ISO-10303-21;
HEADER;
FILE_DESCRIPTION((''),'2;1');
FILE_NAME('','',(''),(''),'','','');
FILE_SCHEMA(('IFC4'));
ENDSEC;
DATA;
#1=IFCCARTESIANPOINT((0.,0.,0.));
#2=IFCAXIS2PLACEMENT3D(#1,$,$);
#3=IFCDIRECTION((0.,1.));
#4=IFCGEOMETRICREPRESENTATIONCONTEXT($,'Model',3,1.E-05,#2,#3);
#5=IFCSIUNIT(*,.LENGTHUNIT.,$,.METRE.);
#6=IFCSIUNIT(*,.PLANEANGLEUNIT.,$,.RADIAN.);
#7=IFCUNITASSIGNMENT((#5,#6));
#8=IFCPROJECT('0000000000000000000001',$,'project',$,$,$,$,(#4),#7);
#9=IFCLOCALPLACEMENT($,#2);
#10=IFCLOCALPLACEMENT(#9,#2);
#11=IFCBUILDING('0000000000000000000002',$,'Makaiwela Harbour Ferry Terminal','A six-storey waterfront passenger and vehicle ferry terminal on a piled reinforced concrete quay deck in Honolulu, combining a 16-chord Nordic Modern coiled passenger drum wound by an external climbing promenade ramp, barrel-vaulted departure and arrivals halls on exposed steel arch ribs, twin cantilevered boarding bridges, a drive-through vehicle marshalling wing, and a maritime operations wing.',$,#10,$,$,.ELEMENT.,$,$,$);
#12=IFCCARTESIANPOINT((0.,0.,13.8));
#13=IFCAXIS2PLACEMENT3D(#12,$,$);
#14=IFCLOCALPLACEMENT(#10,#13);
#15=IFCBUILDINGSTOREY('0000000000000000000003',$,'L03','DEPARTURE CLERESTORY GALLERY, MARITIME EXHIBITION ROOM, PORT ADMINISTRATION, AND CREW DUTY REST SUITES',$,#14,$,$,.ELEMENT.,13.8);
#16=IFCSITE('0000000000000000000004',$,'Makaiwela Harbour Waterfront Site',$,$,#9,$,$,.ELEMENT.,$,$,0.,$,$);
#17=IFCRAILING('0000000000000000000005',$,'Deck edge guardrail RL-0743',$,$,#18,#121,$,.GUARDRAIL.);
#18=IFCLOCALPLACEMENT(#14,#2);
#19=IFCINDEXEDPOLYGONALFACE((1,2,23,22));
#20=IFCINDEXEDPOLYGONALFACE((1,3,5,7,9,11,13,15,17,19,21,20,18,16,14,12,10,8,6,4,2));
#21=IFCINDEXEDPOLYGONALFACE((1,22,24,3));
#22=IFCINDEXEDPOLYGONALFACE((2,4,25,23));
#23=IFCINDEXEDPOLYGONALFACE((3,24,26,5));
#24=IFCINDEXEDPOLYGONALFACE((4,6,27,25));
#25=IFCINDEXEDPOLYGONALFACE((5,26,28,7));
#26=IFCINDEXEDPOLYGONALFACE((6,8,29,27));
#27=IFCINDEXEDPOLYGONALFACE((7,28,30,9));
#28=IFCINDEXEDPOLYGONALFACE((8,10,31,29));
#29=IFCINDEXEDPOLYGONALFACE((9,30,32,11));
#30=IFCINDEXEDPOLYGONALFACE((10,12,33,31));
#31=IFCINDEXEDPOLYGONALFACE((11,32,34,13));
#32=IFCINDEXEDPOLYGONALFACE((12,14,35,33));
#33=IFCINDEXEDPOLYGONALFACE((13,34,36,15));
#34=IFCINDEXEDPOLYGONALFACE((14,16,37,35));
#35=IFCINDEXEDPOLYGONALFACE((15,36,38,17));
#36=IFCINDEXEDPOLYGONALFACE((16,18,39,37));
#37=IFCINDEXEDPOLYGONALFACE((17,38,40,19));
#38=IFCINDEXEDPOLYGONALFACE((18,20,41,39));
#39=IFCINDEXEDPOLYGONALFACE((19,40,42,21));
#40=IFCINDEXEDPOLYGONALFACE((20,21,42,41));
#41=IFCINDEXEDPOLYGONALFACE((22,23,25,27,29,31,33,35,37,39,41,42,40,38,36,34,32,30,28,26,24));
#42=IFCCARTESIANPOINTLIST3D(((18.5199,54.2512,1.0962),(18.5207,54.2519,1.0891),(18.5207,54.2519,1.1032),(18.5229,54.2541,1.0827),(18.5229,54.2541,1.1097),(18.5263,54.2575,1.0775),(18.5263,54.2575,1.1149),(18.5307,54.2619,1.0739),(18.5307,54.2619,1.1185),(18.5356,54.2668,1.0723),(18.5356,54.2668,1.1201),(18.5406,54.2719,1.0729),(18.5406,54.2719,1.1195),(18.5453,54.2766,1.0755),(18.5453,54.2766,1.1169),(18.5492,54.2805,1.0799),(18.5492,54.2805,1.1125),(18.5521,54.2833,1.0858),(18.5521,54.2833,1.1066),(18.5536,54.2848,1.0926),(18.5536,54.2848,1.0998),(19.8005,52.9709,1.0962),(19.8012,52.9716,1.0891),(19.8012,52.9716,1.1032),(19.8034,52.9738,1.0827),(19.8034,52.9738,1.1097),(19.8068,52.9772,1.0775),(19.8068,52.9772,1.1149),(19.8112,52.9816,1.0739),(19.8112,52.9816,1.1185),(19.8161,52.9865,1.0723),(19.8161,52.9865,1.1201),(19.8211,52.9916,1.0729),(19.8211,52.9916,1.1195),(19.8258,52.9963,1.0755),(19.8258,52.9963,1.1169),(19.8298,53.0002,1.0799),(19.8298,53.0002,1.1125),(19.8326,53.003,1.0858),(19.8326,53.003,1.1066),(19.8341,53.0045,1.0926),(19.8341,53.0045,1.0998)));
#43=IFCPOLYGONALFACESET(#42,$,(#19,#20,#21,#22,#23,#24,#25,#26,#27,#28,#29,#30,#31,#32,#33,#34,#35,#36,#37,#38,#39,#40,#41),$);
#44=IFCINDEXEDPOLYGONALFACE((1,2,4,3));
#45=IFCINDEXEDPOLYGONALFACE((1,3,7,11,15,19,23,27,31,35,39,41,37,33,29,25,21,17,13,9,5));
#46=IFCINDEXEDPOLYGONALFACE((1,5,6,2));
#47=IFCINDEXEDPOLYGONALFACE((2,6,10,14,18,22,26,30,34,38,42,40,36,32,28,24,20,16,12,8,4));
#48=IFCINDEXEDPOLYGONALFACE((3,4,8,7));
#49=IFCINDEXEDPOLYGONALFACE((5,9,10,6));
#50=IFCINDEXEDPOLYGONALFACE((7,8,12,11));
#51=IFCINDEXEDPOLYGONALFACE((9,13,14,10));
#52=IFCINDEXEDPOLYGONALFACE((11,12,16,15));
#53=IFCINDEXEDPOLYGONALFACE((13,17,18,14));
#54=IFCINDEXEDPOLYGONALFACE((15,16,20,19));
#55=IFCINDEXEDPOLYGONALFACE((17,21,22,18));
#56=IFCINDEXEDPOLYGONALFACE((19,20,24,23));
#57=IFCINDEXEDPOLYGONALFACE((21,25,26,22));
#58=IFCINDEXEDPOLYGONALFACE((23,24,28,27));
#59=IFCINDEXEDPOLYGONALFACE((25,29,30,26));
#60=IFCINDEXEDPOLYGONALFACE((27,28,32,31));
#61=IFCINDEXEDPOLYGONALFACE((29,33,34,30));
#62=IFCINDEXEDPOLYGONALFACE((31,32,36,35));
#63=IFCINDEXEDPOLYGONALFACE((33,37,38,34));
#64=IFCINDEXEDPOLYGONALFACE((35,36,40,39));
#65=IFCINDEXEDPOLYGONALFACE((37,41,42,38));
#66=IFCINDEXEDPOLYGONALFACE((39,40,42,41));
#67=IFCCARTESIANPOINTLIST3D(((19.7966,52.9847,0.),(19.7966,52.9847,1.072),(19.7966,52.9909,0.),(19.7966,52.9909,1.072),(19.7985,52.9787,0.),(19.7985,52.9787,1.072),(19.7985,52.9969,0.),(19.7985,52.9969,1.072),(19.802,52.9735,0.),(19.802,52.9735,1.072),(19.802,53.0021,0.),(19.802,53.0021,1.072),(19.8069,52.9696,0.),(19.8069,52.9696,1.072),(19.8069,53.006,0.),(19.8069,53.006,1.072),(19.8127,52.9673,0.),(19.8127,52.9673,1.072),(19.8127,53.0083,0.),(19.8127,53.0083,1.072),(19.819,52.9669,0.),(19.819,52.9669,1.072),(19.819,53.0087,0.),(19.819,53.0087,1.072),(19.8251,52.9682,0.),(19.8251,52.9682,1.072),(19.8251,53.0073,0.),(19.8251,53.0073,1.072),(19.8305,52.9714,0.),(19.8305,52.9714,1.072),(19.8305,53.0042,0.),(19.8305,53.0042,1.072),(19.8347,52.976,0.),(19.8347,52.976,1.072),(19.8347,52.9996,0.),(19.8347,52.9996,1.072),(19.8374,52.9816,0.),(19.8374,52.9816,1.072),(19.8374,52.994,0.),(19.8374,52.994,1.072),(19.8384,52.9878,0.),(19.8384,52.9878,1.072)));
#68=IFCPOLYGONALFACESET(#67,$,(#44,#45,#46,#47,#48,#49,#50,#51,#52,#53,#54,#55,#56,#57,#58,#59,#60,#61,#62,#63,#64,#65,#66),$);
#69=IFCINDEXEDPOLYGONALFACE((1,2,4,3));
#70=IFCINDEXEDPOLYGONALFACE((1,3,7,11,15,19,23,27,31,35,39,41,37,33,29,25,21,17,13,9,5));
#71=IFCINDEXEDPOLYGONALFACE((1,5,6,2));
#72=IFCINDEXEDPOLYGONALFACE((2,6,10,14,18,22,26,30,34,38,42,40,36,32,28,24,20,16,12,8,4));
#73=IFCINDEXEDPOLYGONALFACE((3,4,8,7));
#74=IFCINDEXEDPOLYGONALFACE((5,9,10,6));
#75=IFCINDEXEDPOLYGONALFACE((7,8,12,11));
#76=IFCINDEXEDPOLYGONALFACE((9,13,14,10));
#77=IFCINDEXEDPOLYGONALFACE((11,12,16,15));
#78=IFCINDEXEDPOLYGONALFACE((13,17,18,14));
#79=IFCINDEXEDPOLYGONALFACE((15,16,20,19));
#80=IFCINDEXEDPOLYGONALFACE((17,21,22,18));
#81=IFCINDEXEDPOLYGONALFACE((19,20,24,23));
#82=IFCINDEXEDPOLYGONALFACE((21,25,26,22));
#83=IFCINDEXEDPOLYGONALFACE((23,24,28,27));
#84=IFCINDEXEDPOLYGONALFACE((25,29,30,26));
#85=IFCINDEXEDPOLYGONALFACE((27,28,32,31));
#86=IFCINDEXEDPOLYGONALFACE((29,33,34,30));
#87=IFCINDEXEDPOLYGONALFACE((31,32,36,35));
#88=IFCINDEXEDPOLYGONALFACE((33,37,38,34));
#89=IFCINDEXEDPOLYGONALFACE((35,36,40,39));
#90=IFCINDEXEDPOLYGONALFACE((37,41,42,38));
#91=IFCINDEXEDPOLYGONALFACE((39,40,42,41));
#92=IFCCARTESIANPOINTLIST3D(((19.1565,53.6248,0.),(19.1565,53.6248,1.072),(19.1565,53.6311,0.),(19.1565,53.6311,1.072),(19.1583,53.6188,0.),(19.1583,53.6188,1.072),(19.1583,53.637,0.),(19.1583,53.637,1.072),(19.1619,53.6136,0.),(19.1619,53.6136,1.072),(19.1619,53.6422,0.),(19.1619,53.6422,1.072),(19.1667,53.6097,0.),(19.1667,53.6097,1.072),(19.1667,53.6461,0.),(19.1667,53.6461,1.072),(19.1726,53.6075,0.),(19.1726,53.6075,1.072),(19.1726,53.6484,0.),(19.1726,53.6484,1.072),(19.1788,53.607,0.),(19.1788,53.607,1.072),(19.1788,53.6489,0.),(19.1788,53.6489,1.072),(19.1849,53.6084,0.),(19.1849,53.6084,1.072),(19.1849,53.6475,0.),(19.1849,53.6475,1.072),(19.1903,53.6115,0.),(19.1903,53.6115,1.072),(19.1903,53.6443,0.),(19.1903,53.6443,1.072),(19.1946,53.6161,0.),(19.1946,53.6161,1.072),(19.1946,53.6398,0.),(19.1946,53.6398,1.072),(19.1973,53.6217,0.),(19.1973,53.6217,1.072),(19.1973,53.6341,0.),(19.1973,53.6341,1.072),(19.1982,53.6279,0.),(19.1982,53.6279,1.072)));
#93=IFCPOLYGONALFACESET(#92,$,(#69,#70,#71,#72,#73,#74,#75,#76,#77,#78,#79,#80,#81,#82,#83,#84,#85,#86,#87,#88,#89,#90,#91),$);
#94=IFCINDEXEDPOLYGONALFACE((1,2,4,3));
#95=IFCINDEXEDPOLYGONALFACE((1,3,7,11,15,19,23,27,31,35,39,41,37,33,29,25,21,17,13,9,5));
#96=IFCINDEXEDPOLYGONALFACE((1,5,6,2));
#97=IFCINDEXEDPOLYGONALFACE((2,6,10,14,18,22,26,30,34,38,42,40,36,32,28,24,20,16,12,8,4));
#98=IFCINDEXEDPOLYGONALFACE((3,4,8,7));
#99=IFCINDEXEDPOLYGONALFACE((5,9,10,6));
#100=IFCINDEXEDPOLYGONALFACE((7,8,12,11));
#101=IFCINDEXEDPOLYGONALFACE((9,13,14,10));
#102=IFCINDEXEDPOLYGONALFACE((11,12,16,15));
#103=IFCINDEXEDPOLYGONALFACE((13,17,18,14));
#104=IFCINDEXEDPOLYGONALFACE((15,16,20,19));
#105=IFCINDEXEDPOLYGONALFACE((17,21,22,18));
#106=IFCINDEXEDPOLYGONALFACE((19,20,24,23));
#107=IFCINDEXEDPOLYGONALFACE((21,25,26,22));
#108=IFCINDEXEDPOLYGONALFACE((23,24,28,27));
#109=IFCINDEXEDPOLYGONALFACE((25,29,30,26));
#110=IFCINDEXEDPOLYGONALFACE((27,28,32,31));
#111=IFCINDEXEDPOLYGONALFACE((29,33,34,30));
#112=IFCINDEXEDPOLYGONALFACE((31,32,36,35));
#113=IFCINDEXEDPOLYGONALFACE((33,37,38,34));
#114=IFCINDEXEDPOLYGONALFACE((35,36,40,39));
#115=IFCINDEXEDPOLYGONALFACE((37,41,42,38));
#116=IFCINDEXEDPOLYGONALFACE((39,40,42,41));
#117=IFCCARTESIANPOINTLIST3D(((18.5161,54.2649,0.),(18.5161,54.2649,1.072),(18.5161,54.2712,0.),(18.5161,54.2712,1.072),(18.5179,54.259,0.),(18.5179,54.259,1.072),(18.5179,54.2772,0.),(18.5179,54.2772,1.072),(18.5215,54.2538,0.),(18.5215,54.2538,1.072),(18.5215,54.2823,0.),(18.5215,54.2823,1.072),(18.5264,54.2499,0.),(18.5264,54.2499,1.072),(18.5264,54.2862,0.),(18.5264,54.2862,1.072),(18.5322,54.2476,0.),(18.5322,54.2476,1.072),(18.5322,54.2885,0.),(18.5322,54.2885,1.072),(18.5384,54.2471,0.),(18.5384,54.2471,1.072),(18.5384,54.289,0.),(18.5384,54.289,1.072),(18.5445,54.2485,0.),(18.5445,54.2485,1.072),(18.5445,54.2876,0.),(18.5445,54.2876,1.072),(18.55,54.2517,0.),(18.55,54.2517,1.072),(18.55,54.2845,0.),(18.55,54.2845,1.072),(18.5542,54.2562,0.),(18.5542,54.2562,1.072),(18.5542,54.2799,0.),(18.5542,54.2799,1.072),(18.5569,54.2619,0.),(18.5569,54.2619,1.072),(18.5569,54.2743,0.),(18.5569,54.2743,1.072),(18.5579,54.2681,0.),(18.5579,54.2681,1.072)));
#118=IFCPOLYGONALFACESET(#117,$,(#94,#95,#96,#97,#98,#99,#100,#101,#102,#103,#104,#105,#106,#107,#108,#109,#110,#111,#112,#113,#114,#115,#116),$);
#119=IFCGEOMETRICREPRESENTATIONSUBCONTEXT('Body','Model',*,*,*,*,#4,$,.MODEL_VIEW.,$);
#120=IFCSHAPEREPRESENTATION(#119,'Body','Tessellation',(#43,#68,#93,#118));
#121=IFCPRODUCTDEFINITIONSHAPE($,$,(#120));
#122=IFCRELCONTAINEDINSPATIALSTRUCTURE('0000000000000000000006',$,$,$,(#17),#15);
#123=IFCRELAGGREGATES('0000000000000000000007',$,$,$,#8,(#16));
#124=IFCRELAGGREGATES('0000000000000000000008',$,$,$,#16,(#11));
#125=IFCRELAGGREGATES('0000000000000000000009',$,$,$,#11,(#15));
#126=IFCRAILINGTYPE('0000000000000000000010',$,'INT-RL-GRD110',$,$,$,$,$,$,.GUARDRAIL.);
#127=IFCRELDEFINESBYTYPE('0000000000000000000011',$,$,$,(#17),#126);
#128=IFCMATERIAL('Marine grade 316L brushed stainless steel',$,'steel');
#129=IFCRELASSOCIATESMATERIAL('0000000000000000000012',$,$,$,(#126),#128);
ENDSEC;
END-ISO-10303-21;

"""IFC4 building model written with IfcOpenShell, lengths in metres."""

from ifc_helpers import new_model, si_unit, direction, frame, origin, origin_2d, place, context, subcontext, project, spatial, circle, extrude, material, type_object, element, save


model = new_model("IFC4")

# Units and contexts
model_context = context("Model", 3, precision=1e-05, world=origin(), true_north=direction((0.0, 1.0)))
body_context = subcontext(model_context, "Body", "Model", "MODEL_VIEW")
ifc_project = project(units=[si_unit("LENGTHUNIT", "METRE"), si_unit("PLANEANGLEUNIT", "RADIAN")], contexts=[model_context])

# Site, building, storey
site_placement = place(None, origin())
site = spatial("IfcSite", under=ifc_project, at=site_placement, Name="Makaiwela Harbour Waterfront Site", CompositionType="ELEMENT", RefElevation=0.0)
building_placement = place(site_placement, origin())
building = spatial("IfcBuilding", under=site, at=building_placement, Name="Makaiwela Harbour Ferry Terminal", Description="A six-storey waterfront passenger and vehicle ferry terminal on a piled reinforced concrete quay deck in Honolulu, combining a 16-chord Nordic Modern coiled passenger drum wound by an external climbing promenade ramp, barrel-vaulted departure and arrivals halls on exposed steel arch ribs, twin cantilevered boarding bridges, a drive-through vehicle marshalling wing, and a maritime operations wing.", CompositionType="ELEMENT")
storey_placement = place(building_placement, frame((0.0, 0.0, 13.8)))
storey = spatial("IfcBuildingStorey", under=building, at=storey_placement, Name="L03", Description="DEPARTURE CLERESTORY GALLERY, MARITIME EXHIBITION ROOM, PORT ADMINISTRATION, AND CREW DUTY REST SUITES", CompositionType="ELEMENT", Elevation=13.8)

# Railing
ifc_material_1 = material(Name="Marine grade 316L brushed stainless steel", Category="steel")
railing_type = type_object("IfcRailingType", Name="INT-RL-GRD110", PredefinedType="GUARDRAIL", material=ifc_material_1)
railing_1_placement = place(storey_placement, frame((19.8174, 52.9878, 0.0)))
element("IfcRailing", 1, at=railing_1_placement, inside=storey, type_object=railing_type, Name="Deck edge guardrail RL-0743", PredefinedType="GUARDRAIL", context=body_context, shape_type="SweptSolid", body=[
    extrude(circle(Radius=0.0239, at=origin_2d()), frame((0.0, 0.0, 1.0962), z_axis=(-0.707174, 0.707039, 0.0), x_axis=(-0.707039, -0.707174, 0.0)), (0.0, 0.0, 1.0), 1.8108),
    extrude(circle(Radius=0.021, at=origin_2d()), origin(), (0.0, 0.0, 1.0), 1.072),
    extrude(circle(Radius=0.021, at=origin_2d()), frame((-0.6401, 0.6401, 0.0)), (0.0, 0.0, 1.0), 1.072),
    extrude(circle(Radius=0.021, at=origin_2d()), frame((-1.2805, 1.2803, 0.0)), (0.0, 0.0, 1.0), 1.072),
])

save(model, "model.ifc")
